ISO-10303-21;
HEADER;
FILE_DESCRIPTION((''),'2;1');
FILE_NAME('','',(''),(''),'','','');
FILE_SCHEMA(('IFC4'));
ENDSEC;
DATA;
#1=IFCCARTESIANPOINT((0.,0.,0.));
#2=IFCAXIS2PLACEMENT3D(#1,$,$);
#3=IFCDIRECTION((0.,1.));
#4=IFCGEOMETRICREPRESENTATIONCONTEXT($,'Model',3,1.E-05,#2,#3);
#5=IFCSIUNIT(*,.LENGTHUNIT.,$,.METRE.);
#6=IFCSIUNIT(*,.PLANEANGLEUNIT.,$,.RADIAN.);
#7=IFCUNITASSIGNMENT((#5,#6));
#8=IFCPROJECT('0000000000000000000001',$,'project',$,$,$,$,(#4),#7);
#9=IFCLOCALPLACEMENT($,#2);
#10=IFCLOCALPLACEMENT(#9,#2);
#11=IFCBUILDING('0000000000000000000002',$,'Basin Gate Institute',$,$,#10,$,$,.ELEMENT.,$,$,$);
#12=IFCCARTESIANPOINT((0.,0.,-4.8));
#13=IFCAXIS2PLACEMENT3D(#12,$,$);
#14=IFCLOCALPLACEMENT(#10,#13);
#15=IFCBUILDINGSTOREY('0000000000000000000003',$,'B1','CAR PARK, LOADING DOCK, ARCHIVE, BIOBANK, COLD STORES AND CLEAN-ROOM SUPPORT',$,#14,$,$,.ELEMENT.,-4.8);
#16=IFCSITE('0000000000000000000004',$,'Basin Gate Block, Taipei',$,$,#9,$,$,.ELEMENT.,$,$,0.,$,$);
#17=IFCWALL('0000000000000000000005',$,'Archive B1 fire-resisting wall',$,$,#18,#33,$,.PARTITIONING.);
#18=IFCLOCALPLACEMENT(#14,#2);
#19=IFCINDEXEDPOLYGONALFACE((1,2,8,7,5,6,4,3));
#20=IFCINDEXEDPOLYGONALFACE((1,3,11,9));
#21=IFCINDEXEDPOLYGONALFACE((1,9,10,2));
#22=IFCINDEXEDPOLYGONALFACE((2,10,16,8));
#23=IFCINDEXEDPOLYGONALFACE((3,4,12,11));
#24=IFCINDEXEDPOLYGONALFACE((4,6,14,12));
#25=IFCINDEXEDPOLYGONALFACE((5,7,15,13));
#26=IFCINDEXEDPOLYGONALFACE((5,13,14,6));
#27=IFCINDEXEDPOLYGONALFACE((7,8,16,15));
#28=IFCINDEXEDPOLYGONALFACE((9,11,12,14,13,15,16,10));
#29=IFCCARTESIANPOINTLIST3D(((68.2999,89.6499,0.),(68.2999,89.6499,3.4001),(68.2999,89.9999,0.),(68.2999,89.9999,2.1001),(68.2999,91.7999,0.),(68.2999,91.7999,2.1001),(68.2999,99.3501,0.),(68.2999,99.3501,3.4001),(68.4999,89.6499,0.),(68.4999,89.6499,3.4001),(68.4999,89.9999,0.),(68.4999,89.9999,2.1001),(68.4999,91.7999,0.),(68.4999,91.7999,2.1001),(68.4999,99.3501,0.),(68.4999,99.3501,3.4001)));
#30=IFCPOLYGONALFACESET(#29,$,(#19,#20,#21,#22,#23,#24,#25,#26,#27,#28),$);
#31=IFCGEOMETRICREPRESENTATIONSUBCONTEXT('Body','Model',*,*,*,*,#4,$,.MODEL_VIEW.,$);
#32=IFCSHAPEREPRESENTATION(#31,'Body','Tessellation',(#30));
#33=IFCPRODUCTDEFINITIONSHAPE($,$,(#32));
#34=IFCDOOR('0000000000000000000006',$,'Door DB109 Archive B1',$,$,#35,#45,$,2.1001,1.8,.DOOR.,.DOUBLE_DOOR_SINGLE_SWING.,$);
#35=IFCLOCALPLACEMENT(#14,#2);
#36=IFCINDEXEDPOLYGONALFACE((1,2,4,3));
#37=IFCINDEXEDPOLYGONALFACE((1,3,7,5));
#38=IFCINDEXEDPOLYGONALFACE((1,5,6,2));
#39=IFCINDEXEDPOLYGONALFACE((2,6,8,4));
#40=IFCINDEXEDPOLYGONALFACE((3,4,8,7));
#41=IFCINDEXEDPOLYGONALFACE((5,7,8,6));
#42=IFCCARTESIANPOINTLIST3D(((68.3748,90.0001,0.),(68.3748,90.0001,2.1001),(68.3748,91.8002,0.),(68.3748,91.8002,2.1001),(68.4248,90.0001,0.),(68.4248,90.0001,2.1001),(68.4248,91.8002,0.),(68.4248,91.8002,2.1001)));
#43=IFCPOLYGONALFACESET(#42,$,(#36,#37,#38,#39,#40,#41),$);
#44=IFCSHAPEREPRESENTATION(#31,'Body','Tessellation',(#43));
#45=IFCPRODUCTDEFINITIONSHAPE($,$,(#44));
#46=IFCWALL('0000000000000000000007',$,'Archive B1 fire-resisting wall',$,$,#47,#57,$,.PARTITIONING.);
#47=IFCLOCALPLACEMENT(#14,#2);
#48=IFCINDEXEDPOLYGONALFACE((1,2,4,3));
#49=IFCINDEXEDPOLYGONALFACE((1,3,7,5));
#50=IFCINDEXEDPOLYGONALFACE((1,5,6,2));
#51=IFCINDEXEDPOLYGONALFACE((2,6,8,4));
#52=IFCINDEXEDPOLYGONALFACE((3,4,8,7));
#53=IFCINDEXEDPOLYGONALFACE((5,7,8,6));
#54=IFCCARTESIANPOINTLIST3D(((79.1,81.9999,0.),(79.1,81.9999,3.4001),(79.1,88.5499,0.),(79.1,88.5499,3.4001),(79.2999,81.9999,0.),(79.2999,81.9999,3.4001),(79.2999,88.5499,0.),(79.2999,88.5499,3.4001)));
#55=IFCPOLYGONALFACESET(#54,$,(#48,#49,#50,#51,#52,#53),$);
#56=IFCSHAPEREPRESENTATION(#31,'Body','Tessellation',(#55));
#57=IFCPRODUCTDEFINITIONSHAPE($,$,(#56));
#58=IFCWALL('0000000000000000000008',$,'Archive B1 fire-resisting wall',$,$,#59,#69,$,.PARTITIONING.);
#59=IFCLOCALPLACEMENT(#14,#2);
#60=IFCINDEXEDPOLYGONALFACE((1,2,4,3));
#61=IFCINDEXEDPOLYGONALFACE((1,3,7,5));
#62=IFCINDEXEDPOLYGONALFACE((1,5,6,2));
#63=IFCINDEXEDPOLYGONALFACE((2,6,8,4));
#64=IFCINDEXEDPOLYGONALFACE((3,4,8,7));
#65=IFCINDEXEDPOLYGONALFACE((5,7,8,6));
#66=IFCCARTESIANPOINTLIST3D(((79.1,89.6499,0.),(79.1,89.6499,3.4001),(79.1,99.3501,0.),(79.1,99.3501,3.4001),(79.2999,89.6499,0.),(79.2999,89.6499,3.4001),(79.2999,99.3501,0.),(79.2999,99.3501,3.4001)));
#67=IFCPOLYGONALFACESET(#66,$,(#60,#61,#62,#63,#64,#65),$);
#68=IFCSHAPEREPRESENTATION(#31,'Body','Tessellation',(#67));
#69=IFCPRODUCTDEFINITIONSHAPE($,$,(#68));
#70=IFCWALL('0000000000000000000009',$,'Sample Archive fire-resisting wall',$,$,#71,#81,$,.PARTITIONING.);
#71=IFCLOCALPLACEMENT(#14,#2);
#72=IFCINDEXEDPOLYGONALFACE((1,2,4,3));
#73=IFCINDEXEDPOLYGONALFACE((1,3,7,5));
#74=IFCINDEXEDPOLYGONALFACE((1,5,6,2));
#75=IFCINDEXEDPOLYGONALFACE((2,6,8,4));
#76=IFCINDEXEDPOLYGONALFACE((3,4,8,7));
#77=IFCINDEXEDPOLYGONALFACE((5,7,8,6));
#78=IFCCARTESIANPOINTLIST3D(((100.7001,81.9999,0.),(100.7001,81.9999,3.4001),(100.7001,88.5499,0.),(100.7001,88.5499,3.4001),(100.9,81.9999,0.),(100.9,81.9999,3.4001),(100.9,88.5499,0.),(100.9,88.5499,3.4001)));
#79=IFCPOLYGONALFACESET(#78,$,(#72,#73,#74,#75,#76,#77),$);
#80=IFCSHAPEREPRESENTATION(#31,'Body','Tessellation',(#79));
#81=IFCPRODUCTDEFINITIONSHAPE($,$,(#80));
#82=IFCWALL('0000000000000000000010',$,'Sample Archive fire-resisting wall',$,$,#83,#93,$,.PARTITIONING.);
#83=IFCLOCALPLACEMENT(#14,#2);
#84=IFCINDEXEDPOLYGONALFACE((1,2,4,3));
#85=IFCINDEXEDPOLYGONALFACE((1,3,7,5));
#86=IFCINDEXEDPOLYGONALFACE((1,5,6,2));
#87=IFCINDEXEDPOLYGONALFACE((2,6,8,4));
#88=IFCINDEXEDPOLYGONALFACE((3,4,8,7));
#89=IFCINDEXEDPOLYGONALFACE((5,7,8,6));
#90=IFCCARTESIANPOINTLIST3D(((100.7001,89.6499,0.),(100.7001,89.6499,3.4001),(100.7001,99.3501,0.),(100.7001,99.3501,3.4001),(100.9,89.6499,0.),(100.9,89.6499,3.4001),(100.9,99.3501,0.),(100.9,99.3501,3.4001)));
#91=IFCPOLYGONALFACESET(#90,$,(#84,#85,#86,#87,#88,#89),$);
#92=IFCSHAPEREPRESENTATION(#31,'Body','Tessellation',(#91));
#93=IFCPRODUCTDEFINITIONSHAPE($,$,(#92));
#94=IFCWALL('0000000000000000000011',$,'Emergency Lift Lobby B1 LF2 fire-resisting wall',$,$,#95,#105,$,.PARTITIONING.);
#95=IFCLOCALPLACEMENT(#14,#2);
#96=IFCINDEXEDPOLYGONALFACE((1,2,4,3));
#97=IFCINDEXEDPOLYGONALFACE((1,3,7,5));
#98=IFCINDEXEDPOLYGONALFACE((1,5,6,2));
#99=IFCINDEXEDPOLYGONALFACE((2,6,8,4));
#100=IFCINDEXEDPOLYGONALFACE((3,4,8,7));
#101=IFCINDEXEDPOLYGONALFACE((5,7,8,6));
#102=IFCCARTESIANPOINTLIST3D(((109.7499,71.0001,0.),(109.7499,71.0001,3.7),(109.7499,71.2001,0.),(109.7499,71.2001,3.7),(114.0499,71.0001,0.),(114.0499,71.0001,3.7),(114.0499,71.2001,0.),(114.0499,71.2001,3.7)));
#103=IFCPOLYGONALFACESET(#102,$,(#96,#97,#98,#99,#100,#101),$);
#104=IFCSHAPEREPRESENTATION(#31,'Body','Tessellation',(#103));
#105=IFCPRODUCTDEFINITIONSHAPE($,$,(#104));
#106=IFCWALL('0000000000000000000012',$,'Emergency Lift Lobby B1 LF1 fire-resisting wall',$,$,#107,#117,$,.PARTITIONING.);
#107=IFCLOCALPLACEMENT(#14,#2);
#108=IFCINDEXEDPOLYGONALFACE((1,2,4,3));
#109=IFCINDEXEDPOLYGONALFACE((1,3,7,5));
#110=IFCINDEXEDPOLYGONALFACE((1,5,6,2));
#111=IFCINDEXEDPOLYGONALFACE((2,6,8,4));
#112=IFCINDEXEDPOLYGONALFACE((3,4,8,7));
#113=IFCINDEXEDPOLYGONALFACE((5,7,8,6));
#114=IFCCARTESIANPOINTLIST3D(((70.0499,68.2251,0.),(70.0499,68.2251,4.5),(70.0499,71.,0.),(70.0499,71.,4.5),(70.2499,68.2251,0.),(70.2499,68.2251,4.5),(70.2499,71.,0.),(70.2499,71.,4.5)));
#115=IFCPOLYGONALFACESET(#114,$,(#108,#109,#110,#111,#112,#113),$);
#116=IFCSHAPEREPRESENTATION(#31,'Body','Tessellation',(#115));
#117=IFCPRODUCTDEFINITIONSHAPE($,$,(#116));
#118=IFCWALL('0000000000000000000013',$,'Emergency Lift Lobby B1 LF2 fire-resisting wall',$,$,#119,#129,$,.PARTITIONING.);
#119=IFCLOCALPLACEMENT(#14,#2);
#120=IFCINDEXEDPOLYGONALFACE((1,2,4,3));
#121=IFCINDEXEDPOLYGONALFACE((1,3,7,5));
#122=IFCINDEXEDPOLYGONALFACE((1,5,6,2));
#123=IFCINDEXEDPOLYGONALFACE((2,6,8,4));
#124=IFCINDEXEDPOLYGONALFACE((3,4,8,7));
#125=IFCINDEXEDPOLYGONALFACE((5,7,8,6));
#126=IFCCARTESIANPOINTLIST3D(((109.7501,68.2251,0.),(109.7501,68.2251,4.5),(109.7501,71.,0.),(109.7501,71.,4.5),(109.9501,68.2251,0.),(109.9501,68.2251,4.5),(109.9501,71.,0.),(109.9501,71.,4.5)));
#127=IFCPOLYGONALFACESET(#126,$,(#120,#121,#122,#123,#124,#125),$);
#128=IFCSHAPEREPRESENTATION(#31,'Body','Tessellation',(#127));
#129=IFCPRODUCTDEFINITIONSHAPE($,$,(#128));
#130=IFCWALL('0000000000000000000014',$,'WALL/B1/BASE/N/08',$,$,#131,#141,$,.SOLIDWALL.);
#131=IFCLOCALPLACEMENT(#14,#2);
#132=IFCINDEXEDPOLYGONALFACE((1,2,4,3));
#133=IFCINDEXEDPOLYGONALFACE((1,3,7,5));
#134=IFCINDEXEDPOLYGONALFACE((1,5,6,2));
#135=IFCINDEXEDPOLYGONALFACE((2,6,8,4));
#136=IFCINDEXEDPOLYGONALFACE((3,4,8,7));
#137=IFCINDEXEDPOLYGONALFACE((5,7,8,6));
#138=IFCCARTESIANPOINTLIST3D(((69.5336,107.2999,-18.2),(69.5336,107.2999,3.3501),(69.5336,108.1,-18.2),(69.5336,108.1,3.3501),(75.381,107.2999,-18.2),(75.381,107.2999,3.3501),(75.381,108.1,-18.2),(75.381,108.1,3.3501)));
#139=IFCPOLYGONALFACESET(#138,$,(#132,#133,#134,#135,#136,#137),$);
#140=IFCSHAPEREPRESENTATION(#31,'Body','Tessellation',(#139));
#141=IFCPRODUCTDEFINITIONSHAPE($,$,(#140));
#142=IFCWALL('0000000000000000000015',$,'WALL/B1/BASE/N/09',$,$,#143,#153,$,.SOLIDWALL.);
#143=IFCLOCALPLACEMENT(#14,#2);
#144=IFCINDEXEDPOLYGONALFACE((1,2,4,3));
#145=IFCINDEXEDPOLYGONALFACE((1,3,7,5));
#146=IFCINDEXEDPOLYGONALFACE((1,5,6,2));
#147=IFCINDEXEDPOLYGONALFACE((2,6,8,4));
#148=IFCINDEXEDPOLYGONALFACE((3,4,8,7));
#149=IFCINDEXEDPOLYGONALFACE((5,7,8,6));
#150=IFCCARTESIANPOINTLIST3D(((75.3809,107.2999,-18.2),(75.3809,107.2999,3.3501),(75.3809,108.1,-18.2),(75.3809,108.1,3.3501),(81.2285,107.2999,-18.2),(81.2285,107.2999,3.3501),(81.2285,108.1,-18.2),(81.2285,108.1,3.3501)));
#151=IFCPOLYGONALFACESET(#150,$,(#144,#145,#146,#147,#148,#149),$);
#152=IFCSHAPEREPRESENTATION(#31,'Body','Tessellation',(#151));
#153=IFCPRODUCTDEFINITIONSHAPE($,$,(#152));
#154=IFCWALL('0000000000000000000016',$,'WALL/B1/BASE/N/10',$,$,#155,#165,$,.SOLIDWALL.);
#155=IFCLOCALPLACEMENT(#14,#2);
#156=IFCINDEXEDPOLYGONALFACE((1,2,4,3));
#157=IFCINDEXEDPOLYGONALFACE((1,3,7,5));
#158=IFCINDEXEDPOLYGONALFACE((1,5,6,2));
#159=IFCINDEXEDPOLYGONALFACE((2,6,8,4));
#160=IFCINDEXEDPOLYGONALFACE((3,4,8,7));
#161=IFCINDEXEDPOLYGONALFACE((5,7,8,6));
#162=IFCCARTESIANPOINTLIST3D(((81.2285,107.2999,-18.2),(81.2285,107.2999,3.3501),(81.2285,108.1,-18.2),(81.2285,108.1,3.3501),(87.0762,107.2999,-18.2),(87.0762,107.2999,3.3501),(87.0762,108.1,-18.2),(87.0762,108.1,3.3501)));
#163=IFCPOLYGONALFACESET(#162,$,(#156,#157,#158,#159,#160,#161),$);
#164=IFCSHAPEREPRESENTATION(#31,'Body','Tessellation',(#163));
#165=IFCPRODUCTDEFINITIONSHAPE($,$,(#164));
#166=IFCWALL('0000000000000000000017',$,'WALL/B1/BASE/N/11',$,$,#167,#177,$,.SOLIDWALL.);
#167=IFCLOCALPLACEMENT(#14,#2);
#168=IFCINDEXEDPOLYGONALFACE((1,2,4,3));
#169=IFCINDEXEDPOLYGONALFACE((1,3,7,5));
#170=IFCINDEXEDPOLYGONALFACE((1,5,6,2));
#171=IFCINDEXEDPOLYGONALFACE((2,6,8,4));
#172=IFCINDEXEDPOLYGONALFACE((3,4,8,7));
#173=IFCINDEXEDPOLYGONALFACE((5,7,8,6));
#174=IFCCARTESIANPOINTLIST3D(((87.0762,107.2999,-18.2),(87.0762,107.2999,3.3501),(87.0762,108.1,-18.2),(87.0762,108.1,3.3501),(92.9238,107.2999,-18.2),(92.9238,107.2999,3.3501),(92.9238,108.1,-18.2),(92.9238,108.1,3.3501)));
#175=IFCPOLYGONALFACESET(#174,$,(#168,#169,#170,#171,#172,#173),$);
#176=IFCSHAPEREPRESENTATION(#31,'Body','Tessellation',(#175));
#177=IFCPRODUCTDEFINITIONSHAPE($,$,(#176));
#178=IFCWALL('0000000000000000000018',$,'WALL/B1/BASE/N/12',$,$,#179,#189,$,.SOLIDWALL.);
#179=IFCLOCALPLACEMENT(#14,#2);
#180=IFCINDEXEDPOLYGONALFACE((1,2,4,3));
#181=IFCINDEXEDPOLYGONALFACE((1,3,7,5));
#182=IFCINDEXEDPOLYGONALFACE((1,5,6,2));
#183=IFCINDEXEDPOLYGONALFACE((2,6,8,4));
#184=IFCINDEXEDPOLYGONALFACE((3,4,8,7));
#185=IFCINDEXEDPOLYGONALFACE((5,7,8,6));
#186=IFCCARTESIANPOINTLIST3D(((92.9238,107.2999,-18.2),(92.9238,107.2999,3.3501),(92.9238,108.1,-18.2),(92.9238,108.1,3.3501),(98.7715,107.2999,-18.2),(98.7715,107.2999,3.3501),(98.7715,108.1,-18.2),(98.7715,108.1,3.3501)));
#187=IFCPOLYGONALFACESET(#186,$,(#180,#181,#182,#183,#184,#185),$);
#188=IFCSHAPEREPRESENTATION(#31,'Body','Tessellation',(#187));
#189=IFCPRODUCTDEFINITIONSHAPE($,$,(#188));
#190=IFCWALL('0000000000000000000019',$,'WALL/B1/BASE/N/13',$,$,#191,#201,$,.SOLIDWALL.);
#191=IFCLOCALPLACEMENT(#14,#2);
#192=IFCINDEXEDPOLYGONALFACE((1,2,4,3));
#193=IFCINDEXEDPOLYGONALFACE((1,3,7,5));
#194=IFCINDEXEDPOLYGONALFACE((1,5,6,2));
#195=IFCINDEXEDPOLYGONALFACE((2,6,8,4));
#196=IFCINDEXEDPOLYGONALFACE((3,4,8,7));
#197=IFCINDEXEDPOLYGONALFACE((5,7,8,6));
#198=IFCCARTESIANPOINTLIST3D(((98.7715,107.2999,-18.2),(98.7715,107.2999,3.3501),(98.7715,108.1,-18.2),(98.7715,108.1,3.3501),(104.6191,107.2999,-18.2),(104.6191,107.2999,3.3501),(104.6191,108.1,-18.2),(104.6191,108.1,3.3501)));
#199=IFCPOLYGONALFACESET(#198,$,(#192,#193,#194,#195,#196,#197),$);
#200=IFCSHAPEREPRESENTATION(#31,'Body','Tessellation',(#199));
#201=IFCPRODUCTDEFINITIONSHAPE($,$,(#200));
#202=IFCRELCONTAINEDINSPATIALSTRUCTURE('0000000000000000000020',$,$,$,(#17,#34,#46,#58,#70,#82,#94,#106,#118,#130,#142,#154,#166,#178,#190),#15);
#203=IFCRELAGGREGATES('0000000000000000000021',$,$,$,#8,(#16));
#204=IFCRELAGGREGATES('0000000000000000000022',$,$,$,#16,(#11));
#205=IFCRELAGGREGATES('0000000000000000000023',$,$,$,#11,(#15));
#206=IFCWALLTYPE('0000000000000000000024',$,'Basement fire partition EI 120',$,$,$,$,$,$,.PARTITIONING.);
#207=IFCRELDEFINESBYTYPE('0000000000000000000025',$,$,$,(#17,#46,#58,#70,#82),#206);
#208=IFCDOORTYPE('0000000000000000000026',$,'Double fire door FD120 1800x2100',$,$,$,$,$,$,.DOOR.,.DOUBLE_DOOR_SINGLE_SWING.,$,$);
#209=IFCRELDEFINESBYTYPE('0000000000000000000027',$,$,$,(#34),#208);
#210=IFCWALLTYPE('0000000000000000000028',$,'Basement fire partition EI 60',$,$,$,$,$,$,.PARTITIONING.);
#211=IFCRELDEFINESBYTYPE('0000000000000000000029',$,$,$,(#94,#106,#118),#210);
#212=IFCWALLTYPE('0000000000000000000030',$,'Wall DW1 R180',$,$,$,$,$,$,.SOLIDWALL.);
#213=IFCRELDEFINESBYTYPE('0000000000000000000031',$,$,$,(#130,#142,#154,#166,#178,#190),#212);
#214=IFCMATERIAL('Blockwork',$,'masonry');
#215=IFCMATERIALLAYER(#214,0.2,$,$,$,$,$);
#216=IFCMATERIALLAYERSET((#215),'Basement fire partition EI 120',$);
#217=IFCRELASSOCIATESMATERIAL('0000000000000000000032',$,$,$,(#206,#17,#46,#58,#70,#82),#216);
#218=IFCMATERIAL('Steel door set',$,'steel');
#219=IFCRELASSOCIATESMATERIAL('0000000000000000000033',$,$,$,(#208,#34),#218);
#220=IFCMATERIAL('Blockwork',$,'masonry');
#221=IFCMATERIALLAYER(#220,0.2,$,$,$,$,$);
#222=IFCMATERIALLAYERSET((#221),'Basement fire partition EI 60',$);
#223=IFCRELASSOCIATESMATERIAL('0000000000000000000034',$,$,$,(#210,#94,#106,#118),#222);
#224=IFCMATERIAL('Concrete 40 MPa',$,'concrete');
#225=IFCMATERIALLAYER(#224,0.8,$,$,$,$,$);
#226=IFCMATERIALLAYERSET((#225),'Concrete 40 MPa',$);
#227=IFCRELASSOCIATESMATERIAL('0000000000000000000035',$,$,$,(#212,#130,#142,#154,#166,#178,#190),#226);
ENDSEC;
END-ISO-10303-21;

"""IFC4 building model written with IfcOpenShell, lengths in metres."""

from ifc_helpers import new_model, si_unit, direction, frame, frame_2d, origin, place, context, subcontext, project, spatial, rectangle, extrude, material, layer, layer_set, type_object, element, fill, save


model = new_model("IFC4")

# Units and contexts
model_context = context("Model", 3, precision=1e-05, world=origin(), true_north=direction((0.0, 1.0)))
body_context = subcontext(model_context, "Body", "Model", "MODEL_VIEW")
ifc_project = project(units=[si_unit("LENGTHUNIT", "METRE"), si_unit("PLANEANGLEUNIT", "RADIAN")], contexts=[model_context])

# Site, building, storey
site_placement = place(None, origin())
site = spatial("IfcSite", under=ifc_project, at=site_placement, Name="Basin Gate Block, Taipei", CompositionType="ELEMENT", RefElevation=0.0)
building_placement = place(site_placement, origin())
building = spatial("IfcBuilding", under=site, at=building_placement, Name="Basin Gate Institute", CompositionType="ELEMENT")
storey_placement = place(building_placement, frame((0.0, 0.0, -4.8)))
storey = spatial("IfcBuildingStorey", under=building, at=storey_placement, Name="B1", Description="CAR PARK, LOADING DOCK, ARCHIVE, BIOBANK, COLD STORES AND CLEAN-ROOM SUPPORT", CompositionType="ELEMENT", Elevation=-4.8)

# Shared definitions
ifc_material_1 = material(Name="Blockwork", Category="masonry")
ifc_layer_1 = layer(ifc_material_1, 0.2)
ifc_layer_set_1 = layer_set([ifc_layer_1], Name="Basement fire partition EI 120")
wall_type_1 = type_object("IfcWallType", Name="Basement fire partition EI 120", PredefinedType="PARTITIONING", material=ifc_layer_set_1)

# Wall, opening, door
wall_1_placement = place(storey_placement, frame((68.3999, 89.6499, 0.0), z_axis=(0.0, 0.0, 1.0), x_axis=(0.0, 1.0, 0.0)))
wall_1 = element("IfcWall", 1, at=wall_1_placement, inside=storey, type_object=wall_type_1, material=ifc_layer_set_1, Name="Archive B1 fire-resisting wall", PredefinedType="PARTITIONING", context=body_context, shape_type="SweptSolid", body=[
    extrude(rectangle(XDim=9.7002, YDim=0.2, at=frame_2d((4.8501, 0.0))), origin(), (0.0, 0.0, 1.0), 3.4001),
])
opening_placement = place(wall_1_placement, frame((0.3501, 0.0, 0.0)))
opening = element("IfcOpeningElement", 2, at=opening_placement, cuts=wall_1, PredefinedType="OPENING", context=body_context, shape_type="SweptSolid", body=[
    extrude(rectangle(XDim=1.8, YDim=2.1001, at=frame_2d((0.8999, 1.05))), frame((0.0, 0.1099, 0.0), z_axis=(0.0, -1.0, 0.0), x_axis=(1.0, 0.0, 0.0)), (0.0, 0.0, 1.0), 0.22),
])
ifc_material_2 = material(Name="Steel door set", Category="steel")
door_type = type_object("IfcDoorType", Name="Double fire door FD120 1800x2100", OperationType="DOUBLE_DOOR_SINGLE_SWING", PredefinedType="DOOR", material=ifc_material_2)
door_placement = place(opening_placement, frame((1.8, 0.0, 0.0), z_axis=(0.0, 0.0, 1.0), x_axis=(-1.0, 0.0, 0.0)))
door = element("IfcDoor", 3, at=door_placement, inside=storey, type_object=door_type, material=ifc_material_2, Name="Door DB109 Archive B1", OperationType="DOUBLE_DOOR_SINGLE_SWING", OverallHeight=2.1001, OverallWidth=1.8, PredefinedType="DOOR", context=body_context, shape_type="SweptSolid", body=[
    extrude(rectangle(XDim=1.8, YDim=2.1001, at=frame_2d((0.8999, 1.05))), frame((0.0, 0.0249, 0.0), z_axis=(0.0, -1.0, 0.0), x_axis=(1.0, 0.0, 0.0)), (0.0, 0.0, 1.0), 0.05),
])
fill(opening, door)

# Walls
wall_2_placement = place(storey_placement, frame((79.2, 82.0, 0.0), z_axis=(0.0, 0.0, 1.0), x_axis=(0.0, 1.0, 0.0)))
element("IfcWall", 4, at=wall_2_placement, inside=storey, type_object=wall_type_1, material=ifc_layer_set_1, Name="Archive B1 fire-resisting wall", PredefinedType="PARTITIONING", context=body_context, shape_type="SweptSolid", body=[
    extrude(rectangle(XDim=6.55, YDim=0.2, at=frame_2d((3.2749, 0.0))), origin(), (0.0, 0.0, 1.0), 3.4001),
])
wall_3_placement = place(storey_placement, frame((79.2, 89.6499, 0.0), z_axis=(0.0, 0.0, 1.0), x_axis=(0.0, 1.0, 0.0)))
element("IfcWall", 5, at=wall_3_placement, inside=storey, type_object=wall_type_1, material=ifc_layer_set_1, Name="Archive B1 fire-resisting wall", PredefinedType="PARTITIONING", context=body_context, shape_type="SweptSolid", body=[
    extrude(rectangle(XDim=9.7002, YDim=0.2, at=frame_2d((4.8501, 0.0))), origin(), (0.0, 0.0, 1.0), 3.4001),
])
wall_4_placement = place(storey_placement, frame((100.8, 82.0, 0.0), z_axis=(0.0, 0.0, 1.0), x_axis=(0.0, 1.0, 0.0)))
element("IfcWall", 6, at=wall_4_placement, inside=storey, type_object=wall_type_1, material=ifc_layer_set_1, Name="Sample Archive fire-resisting wall", PredefinedType="PARTITIONING", context=body_context, shape_type="SweptSolid", body=[
    extrude(rectangle(XDim=6.55, YDim=0.2, at=frame_2d((3.2749, 0.0))), origin(), (0.0, 0.0, 1.0), 3.4001),
])
wall_5_placement = place(storey_placement, frame((100.8, 89.6499, 0.0), z_axis=(0.0, 0.0, 1.0), x_axis=(0.0, 1.0, 0.0)))
element("IfcWall", 7, at=wall_5_placement, inside=storey, type_object=wall_type_1, material=ifc_layer_set_1, Name="Sample Archive fire-resisting wall", PredefinedType="PARTITIONING", context=body_context, shape_type="SweptSolid", body=[
    extrude(rectangle(XDim=9.7002, YDim=0.2, at=frame_2d((4.8501, 0.0))), origin(), (0.0, 0.0, 1.0), 3.4001),
])
ifc_material_3 = material(Name="Blockwork", Category="masonry")
ifc_layer_2 = layer(ifc_material_3, 0.2)
ifc_layer_set_2 = layer_set([ifc_layer_2], Name="Basement fire partition EI 60")
wall_type_2 = type_object("IfcWallType", Name="Basement fire partition EI 60", PredefinedType="PARTITIONING", material=ifc_layer_set_2)
wall_6_placement = place(storey_placement, frame((109.75, 71.1001, 0.0), z_axis=(0.0, 0.0, 1.0), x_axis=(1.0, 0.0, 0.0)))
element("IfcWall", 8, at=wall_6_placement, inside=storey, type_object=wall_type_2, material=ifc_layer_set_2, Name="Emergency Lift Lobby B1 LF2 fire-resisting wall", PredefinedType="PARTITIONING", context=body_context, shape_type="SweptSolid", body=[
    extrude(rectangle(XDim=4.3, YDim=0.2, at=frame_2d((2.1499, 0.0))), origin(), (0.0, 0.0, 1.0), 3.7),
])
for number, where, z_axis, x_axis, name in (
    (9, (70.1499, 68.2251, 0.0), (0.0, 0.0, 1.0), (0.0, 1.0, 0.0), "Emergency Lift Lobby B1 LF1 fire-resisting wall"),
    (10, (109.8501, 68.2251, 0.0), (0.0, 0.0, 1.0), (0.0, 1.0, 0.0), "Emergency Lift Lobby B1 LF2 fire-resisting wall"),
):
    element("IfcWall", number, at=place(storey_placement, frame(where, z_axis=z_axis, x_axis=x_axis)), inside=storey, type_object=wall_type_2, material=ifc_layer_set_2, Name=name, PredefinedType="PARTITIONING", context=body_context, shape_type="SweptSolid", body=[
        extrude(rectangle(XDim=2.7749, YDim=0.2, at=frame_2d((1.3875, 0.0))), origin(), (0.0, 0.0, 1.0), 4.5),
    ])
ifc_material_4 = material(Name="Concrete 40 MPa", Category="concrete")
ifc_layer_3 = layer(ifc_material_4, 0.8)
ifc_layer_set_3 = layer_set([ifc_layer_3], Name="Concrete 40 MPa")
wall_type_3 = type_object("IfcWallType", Name="Wall DW1 R180", PredefinedType="SOLIDWALL", material=ifc_layer_set_3)
wall_7_placement = place(storey_placement, frame((69.5334, 107.7, -18.2), z_axis=(0.0, 0.0, 1.0), x_axis=(1.0, 0.0, 0.0)))
element("IfcWall", 11, at=wall_7_placement, inside=storey, type_object=wall_type_3, material=ifc_layer_set_3, Name="WALL/B1/BASE/N/08", PredefinedType="SOLIDWALL", context=body_context, shape_type="SweptSolid", body=[
    extrude(rectangle(XDim=5.8474, YDim=0.8, at=frame_2d((2.9238, 0.0))), origin(), (0.0, 0.0, 1.0), 21.55),
])
for number, where, z_axis, x_axis, name in (
    (12, (75.3809, 107.7, -18.2), (0.0, 0.0, 1.0), (1.0, 0.0, 0.0), "WALL/B1/BASE/N/09"),
    (13, (81.2285, 107.7, -18.2), (0.0, 0.0, 1.0), (1.0, 0.0, 0.0), "WALL/B1/BASE/N/10"),
    (14, (87.0762, 107.7, -18.2), (0.0, 0.0, 1.0), (1.0, 0.0, 0.0), "WALL/B1/BASE/N/11"),
    (15, (92.9238, 107.7, -18.2), (0.0, 0.0, 1.0), (1.0, 0.0, 0.0), "WALL/B1/BASE/N/12"),
    (16, (98.7715, 107.7, -18.2), (0.0, 0.0, 1.0), (1.0, 0.0, 0.0), "WALL/B1/BASE/N/13"),
):
    element("IfcWall", number, at=place(storey_placement, frame(where, z_axis=z_axis, x_axis=x_axis)), inside=storey, type_object=wall_type_3, material=ifc_layer_set_3, Name=name, PredefinedType="SOLIDWALL", context=body_context, shape_type="SweptSolid", body=[
        extrude(rectangle(XDim=5.8477, YDim=0.8, at=frame_2d((2.9238, 0.0))), origin(), (0.0, 0.0, 1.0), 21.55),
    ])

save(model, "model.ifc")
